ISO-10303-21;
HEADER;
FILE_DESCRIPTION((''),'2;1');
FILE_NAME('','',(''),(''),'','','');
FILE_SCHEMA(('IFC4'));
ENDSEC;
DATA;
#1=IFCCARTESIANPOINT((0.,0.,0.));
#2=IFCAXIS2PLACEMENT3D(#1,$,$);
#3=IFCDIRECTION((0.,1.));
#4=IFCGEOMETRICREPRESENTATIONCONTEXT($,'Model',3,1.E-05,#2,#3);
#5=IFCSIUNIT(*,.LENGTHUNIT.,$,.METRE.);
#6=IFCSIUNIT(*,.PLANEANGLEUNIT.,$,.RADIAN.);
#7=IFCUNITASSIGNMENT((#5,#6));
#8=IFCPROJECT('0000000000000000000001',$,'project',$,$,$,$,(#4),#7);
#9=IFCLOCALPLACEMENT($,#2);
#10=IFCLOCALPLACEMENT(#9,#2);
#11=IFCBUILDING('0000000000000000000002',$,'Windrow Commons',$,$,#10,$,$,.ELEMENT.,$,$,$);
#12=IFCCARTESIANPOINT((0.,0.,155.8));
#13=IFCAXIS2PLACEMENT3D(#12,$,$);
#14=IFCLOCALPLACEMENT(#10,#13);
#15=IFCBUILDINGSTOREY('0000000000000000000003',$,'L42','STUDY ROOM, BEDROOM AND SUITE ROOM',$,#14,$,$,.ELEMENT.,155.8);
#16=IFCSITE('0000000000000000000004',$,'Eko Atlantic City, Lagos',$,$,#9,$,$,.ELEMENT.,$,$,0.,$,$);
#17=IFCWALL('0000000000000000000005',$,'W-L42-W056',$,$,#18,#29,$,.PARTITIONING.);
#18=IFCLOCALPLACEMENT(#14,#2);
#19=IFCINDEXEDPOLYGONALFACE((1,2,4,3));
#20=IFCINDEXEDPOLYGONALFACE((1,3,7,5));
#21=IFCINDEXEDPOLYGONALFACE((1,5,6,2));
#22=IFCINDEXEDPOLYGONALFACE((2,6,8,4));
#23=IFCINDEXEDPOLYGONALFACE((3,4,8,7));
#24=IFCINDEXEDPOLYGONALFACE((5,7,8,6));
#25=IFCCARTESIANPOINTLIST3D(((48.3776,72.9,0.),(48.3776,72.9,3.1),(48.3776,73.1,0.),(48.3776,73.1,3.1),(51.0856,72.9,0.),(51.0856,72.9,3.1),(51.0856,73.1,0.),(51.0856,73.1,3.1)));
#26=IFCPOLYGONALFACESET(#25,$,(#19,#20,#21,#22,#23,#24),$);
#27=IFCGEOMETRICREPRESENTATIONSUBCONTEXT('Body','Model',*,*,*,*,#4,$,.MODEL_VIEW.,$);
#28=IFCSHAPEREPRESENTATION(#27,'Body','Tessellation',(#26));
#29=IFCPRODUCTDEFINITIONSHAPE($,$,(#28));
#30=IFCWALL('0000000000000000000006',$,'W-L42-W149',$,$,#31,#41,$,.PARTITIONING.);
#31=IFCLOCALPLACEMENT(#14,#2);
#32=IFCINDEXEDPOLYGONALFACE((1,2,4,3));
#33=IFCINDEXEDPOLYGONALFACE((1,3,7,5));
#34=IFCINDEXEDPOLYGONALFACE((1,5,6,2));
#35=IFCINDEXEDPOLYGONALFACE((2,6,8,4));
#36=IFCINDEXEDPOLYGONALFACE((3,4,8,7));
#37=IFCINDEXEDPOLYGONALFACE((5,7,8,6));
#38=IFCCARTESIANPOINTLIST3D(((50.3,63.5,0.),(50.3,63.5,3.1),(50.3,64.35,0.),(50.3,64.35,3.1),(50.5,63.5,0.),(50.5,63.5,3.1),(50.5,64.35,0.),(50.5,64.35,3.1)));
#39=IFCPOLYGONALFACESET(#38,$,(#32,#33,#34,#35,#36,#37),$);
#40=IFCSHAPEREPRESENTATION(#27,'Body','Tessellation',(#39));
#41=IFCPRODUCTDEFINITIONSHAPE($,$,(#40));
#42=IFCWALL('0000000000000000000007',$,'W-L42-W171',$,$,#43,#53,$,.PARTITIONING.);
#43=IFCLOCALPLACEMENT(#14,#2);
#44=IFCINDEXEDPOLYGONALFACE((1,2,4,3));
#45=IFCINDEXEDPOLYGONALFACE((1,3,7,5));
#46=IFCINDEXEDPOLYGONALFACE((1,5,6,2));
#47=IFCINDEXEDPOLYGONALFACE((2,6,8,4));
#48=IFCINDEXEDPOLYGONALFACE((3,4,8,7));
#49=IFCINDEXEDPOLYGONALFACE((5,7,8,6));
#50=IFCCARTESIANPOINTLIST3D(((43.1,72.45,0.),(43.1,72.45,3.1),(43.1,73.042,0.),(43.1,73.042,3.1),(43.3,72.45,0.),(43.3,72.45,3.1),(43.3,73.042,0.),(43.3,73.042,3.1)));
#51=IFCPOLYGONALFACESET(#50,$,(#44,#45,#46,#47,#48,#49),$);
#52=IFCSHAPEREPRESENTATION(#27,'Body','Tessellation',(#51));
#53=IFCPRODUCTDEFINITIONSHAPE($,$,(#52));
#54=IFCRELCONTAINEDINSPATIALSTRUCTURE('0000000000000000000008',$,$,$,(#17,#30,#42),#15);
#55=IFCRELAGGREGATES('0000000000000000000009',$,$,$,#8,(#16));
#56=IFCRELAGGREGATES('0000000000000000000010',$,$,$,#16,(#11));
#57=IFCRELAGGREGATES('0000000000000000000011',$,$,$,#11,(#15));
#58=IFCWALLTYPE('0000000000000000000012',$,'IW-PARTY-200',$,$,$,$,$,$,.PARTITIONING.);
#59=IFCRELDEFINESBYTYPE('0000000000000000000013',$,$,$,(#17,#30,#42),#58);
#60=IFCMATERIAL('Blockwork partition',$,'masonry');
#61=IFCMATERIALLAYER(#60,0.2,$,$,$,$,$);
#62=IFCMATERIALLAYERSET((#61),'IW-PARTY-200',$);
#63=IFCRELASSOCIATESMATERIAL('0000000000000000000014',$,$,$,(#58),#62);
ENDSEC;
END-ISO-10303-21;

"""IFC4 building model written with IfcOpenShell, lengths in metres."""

from ifc_helpers import new_model, si_unit, direction, frame, frame_2d, origin, place, context, subcontext, project, spatial, rectangle, extrude, material, layer, layer_set, type_object, element, save


model = new_model("IFC4")

# Units and contexts
model_context = context("Model", 3, precision=1e-05, world=origin(), true_north=direction((0.0, 1.0)))
body_context = subcontext(model_context, "Body", "Model", "MODEL_VIEW")
ifc_project = project(units=[si_unit("LENGTHUNIT", "METRE"), si_unit("PLANEANGLEUNIT", "RADIAN")], contexts=[model_context])

# Site, building, storey
site_placement = place(None, origin())
site = spatial("IfcSite", under=ifc_project, at=site_placement, Name="Eko Atlantic City, Lagos", CompositionType="ELEMENT", RefElevation=0.0)
building_placement = place(site_placement, origin())
building = spatial("IfcBuilding", under=site, at=building_placement, Name="Windrow Commons", CompositionType="ELEMENT")
storey_placement = place(building_placement, frame((0.0, 0.0, 155.8)))
storey = spatial("IfcBuildingStorey", under=building, at=storey_placement, Name="L42", Description="STUDY ROOM, BEDROOM AND SUITE ROOM", CompositionType="ELEMENT", Elevation=155.8)

# Walls
ifc_material_1 = material(Name="Blockwork partition", Category="masonry")
ifc_layer_1 = layer(ifc_material_1, 0.2)
ifc_layer_set_1 = layer_set([ifc_layer_1], Name="IW-PARTY-200")
wall_type_1 = type_object("IfcWallType", Name="IW-PARTY-200", PredefinedType="PARTITIONING", material=ifc_layer_set_1)
wall_1_placement = place(storey_placement, frame((48.3777, 73.0, 0.0), z_axis=(0.0, 0.0, 1.0), x_axis=(1.0, 0.0, 0.0)))
element("IfcWall", 1, at=wall_1_placement, inside=storey, type_object=wall_type_1, Name="W-L42-W056", PredefinedType="PARTITIONING", context=body_context, shape_type="SweptSolid", body=[
    extrude(rectangle(XDim=2.7079, YDim=0.2, at=frame_2d((1.3539, 0.0))), origin(), (0.0, 0.0, 1.0), 3.1),
])
wall_2_placement = place(storey_placement, frame((50.4, 63.5, 0.0), z_axis=(0.0, 0.0, 1.0), x_axis=(0.0, 1.0, 0.0)))
element("IfcWall", 2, at=wall_2_placement, inside=storey, type_object=wall_type_1, Name="W-L42-W149", PredefinedType="PARTITIONING", context=body_context, shape_type="SweptSolid", body=[
    extrude(rectangle(XDim=0.85, YDim=0.2, at=frame_2d((0.425, 0.0))), origin(), (0.0, 0.0, 1.0), 3.1),
])
wall_3_placement = place(storey_placement, frame((43.2, 72.45, 0.0), z_axis=(0.0, 0.0, 1.0), x_axis=(0.0, 1.0, 0.0)))
element("IfcWall", 3, at=wall_3_placement, inside=storey, type_object=wall_type_1, Name="W-L42-W171", PredefinedType="PARTITIONING", context=body_context, shape_type="SweptSolid", body=[
    extrude(rectangle(XDim=0.5921, YDim=0.2, at=frame_2d((0.296, 0.0))), origin(), (0.0, 0.0, 1.0), 3.1),
])

save(model, "model.ifc")
